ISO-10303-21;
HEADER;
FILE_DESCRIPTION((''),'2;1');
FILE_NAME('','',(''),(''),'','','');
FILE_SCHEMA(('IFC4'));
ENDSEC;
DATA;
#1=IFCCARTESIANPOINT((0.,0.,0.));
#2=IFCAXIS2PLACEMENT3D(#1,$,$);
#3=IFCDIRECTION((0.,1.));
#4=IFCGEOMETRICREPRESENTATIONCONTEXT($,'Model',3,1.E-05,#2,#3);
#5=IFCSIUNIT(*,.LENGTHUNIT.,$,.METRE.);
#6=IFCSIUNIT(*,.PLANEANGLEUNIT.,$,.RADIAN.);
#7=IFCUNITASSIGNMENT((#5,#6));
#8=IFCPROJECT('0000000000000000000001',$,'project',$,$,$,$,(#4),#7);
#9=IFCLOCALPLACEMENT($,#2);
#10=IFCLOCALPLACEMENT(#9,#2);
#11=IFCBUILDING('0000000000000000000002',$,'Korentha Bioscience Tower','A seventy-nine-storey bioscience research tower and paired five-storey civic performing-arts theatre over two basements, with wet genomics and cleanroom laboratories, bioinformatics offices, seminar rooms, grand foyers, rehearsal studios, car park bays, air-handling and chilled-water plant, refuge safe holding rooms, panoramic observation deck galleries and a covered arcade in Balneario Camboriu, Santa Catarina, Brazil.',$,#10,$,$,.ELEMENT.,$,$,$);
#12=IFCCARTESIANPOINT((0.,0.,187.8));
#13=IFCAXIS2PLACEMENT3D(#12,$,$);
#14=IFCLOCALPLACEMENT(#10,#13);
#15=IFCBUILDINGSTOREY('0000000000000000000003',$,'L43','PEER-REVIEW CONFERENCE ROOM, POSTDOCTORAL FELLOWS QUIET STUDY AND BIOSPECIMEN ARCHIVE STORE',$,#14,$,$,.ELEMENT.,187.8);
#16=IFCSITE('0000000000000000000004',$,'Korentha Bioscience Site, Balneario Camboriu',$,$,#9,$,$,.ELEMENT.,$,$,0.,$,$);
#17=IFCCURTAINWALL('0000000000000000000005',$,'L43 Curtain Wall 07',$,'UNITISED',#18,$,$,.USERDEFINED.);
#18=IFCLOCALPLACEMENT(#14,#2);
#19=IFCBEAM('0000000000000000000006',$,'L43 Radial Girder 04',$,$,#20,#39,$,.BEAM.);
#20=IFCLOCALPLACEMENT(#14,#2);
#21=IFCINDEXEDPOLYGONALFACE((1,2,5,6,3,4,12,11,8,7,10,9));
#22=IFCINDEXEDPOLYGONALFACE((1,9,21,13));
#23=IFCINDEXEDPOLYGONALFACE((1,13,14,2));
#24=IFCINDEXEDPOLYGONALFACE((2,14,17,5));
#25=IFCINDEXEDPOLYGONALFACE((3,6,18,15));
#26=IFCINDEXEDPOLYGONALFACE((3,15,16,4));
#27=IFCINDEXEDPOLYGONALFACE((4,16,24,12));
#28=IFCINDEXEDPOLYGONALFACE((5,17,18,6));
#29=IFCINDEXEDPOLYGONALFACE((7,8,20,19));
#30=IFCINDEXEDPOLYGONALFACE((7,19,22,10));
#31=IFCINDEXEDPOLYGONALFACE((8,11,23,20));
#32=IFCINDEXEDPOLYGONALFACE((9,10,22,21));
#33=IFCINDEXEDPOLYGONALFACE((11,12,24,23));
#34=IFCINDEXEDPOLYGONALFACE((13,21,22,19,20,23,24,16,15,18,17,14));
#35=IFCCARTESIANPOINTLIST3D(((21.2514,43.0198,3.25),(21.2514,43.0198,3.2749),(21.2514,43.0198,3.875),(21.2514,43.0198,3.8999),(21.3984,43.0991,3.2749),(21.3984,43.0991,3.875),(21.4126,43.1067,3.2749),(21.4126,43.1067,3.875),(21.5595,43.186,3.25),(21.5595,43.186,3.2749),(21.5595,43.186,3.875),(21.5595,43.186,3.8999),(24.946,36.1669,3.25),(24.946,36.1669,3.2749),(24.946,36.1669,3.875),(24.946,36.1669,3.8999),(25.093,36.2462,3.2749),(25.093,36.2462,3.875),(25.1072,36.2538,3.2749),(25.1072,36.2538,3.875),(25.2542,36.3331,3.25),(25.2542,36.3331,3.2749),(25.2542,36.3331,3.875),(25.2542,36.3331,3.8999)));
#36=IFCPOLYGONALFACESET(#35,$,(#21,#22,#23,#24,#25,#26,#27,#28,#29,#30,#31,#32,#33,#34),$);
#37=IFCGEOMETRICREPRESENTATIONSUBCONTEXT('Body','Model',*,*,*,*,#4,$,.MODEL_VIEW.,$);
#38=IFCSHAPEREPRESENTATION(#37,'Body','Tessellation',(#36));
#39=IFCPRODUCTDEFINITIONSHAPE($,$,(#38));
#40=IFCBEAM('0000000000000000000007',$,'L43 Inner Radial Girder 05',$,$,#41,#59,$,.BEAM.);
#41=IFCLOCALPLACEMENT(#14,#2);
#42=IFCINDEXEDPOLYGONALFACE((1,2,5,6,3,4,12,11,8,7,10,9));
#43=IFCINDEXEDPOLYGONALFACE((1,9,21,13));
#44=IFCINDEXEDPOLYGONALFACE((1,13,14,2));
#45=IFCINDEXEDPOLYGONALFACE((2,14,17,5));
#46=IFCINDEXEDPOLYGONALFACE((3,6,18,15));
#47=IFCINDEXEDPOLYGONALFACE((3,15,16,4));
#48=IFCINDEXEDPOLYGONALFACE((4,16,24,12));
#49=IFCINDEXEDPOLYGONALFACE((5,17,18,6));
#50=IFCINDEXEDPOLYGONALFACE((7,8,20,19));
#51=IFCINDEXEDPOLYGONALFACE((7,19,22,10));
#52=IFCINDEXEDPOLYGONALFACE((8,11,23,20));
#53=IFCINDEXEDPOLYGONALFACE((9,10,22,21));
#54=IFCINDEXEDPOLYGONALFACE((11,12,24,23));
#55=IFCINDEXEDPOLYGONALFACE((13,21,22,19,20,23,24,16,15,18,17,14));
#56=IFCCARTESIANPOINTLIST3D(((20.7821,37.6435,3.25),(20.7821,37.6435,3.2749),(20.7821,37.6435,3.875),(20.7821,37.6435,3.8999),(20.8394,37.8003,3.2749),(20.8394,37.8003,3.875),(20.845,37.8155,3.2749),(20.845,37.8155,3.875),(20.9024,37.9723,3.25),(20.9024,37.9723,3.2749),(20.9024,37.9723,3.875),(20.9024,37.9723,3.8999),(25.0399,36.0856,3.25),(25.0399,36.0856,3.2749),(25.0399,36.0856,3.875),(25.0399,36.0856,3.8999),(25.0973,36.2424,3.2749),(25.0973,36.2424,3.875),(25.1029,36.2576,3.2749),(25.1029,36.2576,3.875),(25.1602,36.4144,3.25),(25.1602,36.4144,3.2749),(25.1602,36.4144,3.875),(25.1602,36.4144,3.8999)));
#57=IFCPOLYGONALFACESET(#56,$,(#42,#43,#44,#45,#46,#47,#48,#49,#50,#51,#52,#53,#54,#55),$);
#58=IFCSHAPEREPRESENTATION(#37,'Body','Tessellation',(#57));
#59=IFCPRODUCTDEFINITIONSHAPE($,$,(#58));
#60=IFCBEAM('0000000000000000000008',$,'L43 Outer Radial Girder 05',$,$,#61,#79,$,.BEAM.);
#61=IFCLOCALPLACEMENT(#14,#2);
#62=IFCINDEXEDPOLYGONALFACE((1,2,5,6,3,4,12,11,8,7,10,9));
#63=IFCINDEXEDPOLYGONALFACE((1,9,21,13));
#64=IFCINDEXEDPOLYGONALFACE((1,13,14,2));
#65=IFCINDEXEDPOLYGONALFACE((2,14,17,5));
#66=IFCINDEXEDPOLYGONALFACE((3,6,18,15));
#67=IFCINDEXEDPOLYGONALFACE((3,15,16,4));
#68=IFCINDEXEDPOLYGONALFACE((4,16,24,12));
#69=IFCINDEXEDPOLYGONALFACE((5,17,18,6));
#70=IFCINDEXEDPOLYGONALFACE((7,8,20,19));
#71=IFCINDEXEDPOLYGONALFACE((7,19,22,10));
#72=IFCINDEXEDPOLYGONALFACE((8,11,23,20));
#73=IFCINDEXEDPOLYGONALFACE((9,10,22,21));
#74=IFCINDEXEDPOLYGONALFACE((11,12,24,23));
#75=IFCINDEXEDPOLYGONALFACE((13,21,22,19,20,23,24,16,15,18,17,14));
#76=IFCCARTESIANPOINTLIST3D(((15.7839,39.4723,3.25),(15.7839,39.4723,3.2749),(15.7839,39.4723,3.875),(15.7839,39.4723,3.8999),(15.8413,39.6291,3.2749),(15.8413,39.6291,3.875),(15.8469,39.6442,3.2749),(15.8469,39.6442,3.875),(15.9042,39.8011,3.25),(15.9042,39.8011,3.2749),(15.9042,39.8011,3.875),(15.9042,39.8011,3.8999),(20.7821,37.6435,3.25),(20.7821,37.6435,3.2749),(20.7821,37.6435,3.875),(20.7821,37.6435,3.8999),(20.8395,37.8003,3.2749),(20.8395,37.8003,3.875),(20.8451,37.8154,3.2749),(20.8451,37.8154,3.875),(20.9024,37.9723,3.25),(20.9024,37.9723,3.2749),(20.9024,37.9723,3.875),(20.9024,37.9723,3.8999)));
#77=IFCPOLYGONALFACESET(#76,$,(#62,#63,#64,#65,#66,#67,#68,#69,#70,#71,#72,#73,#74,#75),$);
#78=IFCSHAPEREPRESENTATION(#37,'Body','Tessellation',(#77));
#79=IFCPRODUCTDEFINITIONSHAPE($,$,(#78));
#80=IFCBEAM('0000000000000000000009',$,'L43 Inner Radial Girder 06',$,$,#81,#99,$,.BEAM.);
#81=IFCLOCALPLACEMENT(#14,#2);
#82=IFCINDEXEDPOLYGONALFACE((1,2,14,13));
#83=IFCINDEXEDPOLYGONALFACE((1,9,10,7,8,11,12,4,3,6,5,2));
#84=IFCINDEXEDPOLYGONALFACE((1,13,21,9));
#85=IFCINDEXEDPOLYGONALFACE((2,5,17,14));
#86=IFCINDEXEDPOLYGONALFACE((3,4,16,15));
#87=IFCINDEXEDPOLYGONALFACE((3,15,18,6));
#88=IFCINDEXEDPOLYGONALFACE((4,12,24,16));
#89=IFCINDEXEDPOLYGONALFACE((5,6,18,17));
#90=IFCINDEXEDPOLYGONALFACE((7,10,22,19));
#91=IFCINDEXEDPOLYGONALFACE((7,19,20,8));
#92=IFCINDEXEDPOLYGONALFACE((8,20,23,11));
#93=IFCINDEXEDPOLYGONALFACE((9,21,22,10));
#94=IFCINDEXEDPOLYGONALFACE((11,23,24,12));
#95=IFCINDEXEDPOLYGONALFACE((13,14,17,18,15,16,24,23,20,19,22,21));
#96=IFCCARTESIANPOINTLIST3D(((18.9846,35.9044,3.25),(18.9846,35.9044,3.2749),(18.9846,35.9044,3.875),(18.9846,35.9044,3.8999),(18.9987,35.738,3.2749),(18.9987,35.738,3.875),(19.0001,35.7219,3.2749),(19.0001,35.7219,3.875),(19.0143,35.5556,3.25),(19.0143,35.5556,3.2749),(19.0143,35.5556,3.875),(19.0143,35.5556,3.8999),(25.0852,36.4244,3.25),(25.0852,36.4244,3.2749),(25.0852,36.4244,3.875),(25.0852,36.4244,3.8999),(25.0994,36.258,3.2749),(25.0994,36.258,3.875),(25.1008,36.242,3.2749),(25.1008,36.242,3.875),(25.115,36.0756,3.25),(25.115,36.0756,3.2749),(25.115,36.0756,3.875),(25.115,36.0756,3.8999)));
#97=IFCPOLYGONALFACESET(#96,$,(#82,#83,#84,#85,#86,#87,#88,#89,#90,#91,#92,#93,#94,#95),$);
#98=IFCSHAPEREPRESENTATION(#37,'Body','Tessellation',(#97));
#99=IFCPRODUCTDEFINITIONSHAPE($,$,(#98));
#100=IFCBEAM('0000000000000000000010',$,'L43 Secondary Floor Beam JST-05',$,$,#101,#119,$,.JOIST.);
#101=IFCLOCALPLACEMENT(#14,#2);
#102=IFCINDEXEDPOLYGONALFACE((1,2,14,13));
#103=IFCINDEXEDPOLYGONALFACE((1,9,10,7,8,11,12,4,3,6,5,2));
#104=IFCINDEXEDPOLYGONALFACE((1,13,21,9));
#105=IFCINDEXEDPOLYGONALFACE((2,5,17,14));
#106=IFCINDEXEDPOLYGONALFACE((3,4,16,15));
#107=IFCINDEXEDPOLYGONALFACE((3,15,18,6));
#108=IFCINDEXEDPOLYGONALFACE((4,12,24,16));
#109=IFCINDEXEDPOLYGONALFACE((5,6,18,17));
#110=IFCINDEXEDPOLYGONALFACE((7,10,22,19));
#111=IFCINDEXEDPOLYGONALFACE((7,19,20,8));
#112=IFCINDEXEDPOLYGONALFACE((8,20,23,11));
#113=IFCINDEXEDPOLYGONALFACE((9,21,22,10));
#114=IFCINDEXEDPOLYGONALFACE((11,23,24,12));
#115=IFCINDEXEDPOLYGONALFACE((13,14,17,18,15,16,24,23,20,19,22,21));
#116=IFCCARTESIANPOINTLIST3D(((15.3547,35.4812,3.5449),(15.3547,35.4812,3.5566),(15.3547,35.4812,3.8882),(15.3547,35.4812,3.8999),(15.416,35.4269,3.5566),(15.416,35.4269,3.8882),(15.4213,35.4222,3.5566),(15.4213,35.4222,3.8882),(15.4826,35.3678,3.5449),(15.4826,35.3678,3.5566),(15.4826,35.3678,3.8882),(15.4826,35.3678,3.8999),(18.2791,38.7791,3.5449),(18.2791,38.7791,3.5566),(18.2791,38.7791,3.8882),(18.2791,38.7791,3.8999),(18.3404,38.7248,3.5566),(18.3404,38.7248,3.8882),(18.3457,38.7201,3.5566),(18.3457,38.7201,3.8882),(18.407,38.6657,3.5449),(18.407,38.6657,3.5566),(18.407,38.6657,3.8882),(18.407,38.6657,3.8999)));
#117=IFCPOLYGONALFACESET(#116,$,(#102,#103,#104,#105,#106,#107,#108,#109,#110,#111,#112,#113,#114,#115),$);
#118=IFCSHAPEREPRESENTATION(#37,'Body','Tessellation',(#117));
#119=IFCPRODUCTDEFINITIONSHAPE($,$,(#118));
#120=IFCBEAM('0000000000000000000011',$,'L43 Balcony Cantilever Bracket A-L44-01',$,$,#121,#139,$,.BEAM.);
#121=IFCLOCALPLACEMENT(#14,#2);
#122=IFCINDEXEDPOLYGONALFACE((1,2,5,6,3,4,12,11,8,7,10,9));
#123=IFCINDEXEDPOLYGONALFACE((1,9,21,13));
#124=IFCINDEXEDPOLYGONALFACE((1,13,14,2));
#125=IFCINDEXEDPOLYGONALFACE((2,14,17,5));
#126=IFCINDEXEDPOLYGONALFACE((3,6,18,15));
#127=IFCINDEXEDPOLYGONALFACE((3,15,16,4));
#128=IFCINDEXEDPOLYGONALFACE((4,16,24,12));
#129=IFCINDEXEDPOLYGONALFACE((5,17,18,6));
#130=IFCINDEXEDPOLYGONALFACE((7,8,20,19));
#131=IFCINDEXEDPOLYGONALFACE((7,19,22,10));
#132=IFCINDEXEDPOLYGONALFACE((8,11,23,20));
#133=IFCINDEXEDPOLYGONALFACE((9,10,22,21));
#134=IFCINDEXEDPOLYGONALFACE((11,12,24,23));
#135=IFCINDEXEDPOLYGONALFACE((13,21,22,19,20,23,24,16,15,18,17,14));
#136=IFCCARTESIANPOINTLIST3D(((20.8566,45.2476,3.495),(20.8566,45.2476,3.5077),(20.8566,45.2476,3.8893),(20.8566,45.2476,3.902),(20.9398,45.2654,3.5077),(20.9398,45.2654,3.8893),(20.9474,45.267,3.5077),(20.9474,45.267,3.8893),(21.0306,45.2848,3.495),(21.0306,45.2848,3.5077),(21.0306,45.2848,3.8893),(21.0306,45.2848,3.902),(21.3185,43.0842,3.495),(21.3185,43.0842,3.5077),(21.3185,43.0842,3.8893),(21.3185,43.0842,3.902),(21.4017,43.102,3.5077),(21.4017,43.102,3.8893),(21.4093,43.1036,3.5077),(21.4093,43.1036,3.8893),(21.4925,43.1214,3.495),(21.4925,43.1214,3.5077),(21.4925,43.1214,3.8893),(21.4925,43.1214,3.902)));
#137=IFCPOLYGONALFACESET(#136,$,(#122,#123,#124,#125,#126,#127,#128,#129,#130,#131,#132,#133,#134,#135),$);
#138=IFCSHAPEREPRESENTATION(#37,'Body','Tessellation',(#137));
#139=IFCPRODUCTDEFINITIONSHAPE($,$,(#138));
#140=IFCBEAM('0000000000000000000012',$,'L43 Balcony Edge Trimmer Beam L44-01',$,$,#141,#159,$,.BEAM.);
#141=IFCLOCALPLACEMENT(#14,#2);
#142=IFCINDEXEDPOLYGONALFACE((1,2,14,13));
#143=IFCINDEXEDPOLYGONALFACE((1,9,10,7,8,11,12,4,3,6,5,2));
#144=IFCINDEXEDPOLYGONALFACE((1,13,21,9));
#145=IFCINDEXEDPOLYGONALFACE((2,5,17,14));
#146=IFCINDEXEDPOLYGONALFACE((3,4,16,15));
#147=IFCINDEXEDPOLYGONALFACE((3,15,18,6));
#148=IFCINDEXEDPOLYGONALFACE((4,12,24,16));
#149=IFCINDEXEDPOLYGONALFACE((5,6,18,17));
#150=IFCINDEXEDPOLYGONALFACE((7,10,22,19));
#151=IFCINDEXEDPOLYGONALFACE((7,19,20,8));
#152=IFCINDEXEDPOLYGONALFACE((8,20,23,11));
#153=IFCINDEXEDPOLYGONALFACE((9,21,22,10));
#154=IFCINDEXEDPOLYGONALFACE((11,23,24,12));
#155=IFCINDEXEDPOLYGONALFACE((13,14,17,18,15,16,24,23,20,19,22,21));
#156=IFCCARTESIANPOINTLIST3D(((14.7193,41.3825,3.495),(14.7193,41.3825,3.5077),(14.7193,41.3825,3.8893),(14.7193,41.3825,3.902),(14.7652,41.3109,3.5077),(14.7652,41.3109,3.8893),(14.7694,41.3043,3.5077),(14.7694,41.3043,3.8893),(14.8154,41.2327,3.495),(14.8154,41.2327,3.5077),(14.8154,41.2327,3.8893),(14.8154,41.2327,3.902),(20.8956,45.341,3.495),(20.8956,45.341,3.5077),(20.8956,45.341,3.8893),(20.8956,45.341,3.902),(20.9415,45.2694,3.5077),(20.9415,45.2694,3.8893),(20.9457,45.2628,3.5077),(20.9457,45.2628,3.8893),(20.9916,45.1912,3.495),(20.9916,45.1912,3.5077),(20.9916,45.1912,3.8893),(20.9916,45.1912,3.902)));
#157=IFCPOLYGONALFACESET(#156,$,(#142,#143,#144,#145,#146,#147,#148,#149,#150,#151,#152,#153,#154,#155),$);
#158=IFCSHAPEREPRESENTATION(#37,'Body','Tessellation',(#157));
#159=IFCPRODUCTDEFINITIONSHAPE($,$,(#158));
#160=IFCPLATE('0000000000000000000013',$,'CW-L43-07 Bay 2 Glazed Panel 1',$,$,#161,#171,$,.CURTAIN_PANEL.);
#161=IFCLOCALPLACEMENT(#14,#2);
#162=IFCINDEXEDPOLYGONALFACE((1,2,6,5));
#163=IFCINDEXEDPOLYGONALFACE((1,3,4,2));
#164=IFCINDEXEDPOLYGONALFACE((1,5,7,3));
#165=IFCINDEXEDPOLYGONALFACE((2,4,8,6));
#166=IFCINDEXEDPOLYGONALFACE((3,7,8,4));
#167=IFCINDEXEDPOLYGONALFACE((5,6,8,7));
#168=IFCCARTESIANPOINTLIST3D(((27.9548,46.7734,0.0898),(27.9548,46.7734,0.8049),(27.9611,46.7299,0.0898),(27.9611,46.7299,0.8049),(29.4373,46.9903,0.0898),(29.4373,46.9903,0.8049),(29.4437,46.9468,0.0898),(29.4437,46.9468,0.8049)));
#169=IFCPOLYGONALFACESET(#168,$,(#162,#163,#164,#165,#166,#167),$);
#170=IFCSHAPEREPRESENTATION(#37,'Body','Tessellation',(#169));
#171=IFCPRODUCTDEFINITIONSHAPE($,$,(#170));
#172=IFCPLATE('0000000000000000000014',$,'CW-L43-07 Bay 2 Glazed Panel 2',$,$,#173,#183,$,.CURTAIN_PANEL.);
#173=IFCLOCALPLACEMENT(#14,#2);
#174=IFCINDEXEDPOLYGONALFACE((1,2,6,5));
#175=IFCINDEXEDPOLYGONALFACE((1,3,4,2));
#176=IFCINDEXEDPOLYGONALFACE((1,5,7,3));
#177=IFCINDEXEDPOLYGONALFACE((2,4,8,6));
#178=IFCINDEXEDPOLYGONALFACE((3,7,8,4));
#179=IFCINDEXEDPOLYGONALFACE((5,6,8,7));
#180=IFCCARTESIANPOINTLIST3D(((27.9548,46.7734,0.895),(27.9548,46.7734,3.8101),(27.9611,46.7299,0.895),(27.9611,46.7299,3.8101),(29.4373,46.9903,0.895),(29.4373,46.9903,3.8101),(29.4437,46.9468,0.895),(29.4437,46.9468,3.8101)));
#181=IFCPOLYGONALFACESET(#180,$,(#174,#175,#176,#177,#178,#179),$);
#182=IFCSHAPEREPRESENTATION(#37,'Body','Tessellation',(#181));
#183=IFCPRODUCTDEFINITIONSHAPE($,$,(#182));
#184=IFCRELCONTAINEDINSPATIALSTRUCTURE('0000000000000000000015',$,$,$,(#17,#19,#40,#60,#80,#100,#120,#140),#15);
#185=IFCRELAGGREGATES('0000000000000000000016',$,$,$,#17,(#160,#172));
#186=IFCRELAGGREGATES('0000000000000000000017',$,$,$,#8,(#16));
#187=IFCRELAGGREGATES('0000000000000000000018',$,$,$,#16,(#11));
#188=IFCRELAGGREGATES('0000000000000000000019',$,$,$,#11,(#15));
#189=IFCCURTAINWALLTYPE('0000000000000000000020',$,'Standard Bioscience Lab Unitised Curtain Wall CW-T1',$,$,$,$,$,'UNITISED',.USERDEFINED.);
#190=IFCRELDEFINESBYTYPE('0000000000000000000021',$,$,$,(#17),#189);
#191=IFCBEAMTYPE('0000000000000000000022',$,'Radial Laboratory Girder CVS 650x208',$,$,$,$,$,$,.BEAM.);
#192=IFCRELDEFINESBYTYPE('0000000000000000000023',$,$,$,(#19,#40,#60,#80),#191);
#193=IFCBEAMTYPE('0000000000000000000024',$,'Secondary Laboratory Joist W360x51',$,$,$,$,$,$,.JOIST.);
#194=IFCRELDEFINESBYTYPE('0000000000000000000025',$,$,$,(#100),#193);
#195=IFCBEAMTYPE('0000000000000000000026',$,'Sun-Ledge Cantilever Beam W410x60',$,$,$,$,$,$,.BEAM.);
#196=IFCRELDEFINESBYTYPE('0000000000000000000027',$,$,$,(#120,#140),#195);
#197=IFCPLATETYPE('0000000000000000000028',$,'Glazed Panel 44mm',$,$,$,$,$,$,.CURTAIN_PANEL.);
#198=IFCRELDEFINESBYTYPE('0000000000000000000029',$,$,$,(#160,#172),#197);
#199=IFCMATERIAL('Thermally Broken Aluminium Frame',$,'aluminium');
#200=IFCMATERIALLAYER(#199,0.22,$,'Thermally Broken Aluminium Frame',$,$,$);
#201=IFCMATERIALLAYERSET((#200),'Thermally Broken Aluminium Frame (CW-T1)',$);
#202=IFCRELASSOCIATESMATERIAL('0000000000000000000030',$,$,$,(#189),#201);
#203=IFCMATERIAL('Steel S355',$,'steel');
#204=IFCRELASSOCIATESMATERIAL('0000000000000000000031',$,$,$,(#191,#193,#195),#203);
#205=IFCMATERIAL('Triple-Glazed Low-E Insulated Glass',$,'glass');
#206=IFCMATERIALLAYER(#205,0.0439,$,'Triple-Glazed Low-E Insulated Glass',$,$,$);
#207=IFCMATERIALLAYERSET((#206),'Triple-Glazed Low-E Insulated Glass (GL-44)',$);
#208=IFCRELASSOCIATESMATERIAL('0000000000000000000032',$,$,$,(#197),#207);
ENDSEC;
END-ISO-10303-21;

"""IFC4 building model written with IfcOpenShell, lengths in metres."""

from ifc_helpers import new_model, si_unit, direction, frame, origin, origin_2d, place, context, subcontext, project, spatial, rectangle, i_section, extrude, material, layer, layer_set, material_profile, profile_set, type_object, element, aggregate, save


model = new_model("IFC4")

# Units and contexts
model_context = context("Model", 3, precision=1e-05, world=origin(), true_north=direction((0.0, 1.0)))
body_context = subcontext(model_context, "Body", "Model", "MODEL_VIEW")
ifc_project = project(units=[si_unit("LENGTHUNIT", "METRE"), si_unit("PLANEANGLEUNIT", "RADIAN")], contexts=[model_context])

# Site, building, storey
site_placement = place(None, origin())
site = spatial("IfcSite", under=ifc_project, at=site_placement, Name="Korentha Bioscience Site, Balneario Camboriu", CompositionType="ELEMENT", RefElevation=0.0)
building_placement = place(site_placement, origin())
building = spatial("IfcBuilding", under=site, at=building_placement, Name="Korentha Bioscience Tower", Description="A seventy-nine-storey bioscience research tower and paired five-storey civic performing-arts theatre over two basements, with wet genomics and cleanroom laboratories, bioinformatics offices, seminar rooms, grand foyers, rehearsal studios, car park bays, air-handling and chilled-water plant, refuge safe holding rooms, panoramic observation deck galleries and a covered arcade in Balneario Camboriu, Santa Catarina, Brazil.", CompositionType="ELEMENT")
storey_placement = place(building_placement, frame((0.0, 0.0, 187.8)))
storey = spatial("IfcBuildingStorey", under=building, at=storey_placement, Name="L43", Description="PEER-REVIEW CONFERENCE ROOM, POSTDOCTORAL FELLOWS QUIET STUDY AND BIOSPECIMEN ARCHIVE STORE", CompositionType="ELEMENT", Elevation=187.8)

# Shared definitions
ifc_material_1 = material(Name="Steel S355", Category="steel")

# Curtain wall
ifc_material_2 = material(Name="Thermally Broken Aluminium Frame", Category="aluminium")
ifc_layer_1 = layer(ifc_material_2, 0.22, Name="Thermally Broken Aluminium Frame")
ifc_layer_set_1 = layer_set([ifc_layer_1], Name="Thermally Broken Aluminium Frame (CW-T1)")
curtain_wall_type = type_object("IfcCurtainWallType", Name="Standard Bioscience Lab Unitised Curtain Wall CW-T1", ElementType="UNITISED", PredefinedType="USERDEFINED", material=ifc_layer_set_1)
curtain_wall_placement = place(storey_placement, origin())
curtain_wall = element("IfcCurtainWall", 1, at=curtain_wall_placement, inside=storey, type_object=curtain_wall_type, Name="L43 Curtain Wall 07", ObjectType="UNITISED", PredefinedType="USERDEFINED")

# Beams
ifc_material_profile_1 = material_profile(ifc_material_1, i_section(OverallWidth=0.3501, OverallDepth=0.6499, WebThickness=0.0161, FlangeThickness=0.0249, at=origin_2d()), Name="Steel S355")
ifc_profile_set_1 = profile_set([ifc_material_profile_1], Name="Steel S355 (RB-650)")
beam_type_1 = type_object("IfcBeamType", Name="Radial Laboratory Girder CVS 650x208", PredefinedType="BEAM", material=ifc_profile_set_1)
beam_1_placement = place(storey_placement, frame((25.1001, 36.25, 3.575), z_axis=(-0.47456, 0.880223, 0.0), x_axis=(-0.880223, -0.47456, 0.0)))
element("IfcBeam", 2, at=beam_1_placement, inside=storey, type_object=beam_type_1, Name="L43 Radial Girder 04", PredefinedType="BEAM", context=body_context, shape_type="SweptSolid", body=[
    extrude(i_section(OverallWidth=0.3501, OverallDepth=0.6499, WebThickness=0.0161, FlangeThickness=0.0249, at=origin_2d()), origin(), (0.0, 0.0, 1.0), 7.7854),
])
beam_2_placement = place(storey_placement, frame((25.1001, 36.25, 3.575), z_axis=(-0.939114, 0.343606, 0.0), x_axis=(-0.343606, -0.939114, 0.0)))
element("IfcBeam", 3, at=beam_2_placement, inside=storey, type_object=beam_type_1, Name="L43 Inner Radial Girder 05", PredefinedType="BEAM", context=body_context, shape_type="SweptSolid", body=[
    extrude(i_section(OverallWidth=0.3501, OverallDepth=0.6499, WebThickness=0.0161, FlangeThickness=0.0249, at=origin_2d()), origin(), (0.0, 0.0, 1.0), 4.5339),
])
beam_3_placement = place(storey_placement, frame((20.8423, 37.8079, 3.575), z_axis=(-0.93911, 0.343617, 0.0), x_axis=(-0.343617, -0.93911, 0.0)))
element("IfcBeam", 4, at=beam_3_placement, inside=storey, type_object=beam_type_1, Name="L43 Outer Radial Girder 05", PredefinedType="BEAM", context=body_context, shape_type="SweptSolid", body=[
    extrude(i_section(OverallWidth=0.3501, OverallDepth=0.6499, WebThickness=0.0161, FlangeThickness=0.0249, at=origin_2d()), origin(), (0.0, 0.0, 1.0), 5.3223),
])
beam_4_placement = place(storey_placement, frame((25.1001, 36.25, 3.575), z_axis=(-0.996387, -0.084933, 0.0), x_axis=(0.084933, -0.996387, 0.0)))
element("IfcBeam", 5, at=beam_4_placement, inside=storey, type_object=beam_type_1, Name="L43 Inner Radial Girder 06", PredefinedType="BEAM", context=body_context, shape_type="SweptSolid", body=[
    extrude(i_section(OverallWidth=0.3501, OverallDepth=0.6499, WebThickness=0.0161, FlangeThickness=0.0249, at=origin_2d()), origin(), (0.0, 0.0, 1.0), 6.1228),
])
ifc_material_profile_2 = material_profile(ifc_material_1, i_section(OverallWidth=0.1709, OverallDepth=0.355, WebThickness=0.0071, FlangeThickness=0.0117, at=origin_2d()), Name="Steel S355")
ifc_profile_set_2 = profile_set([ifc_material_profile_2], Name="Steel S355 (JB-360)")
beam_type_2 = type_object("IfcBeamType", Name="Secondary Laboratory Joist W360x51", PredefinedType="JOIST", material=ifc_profile_set_2)
beam_5_placement = place(storey_placement, frame((18.343, 38.7224, 3.7224), z_axis=(-0.663463, -0.748209, 0.0), x_axis=(0.748209, -0.663463, 0.0)))
element("IfcBeam", 6, at=beam_5_placement, inside=storey, type_object=beam_type_2, Name="L43 Secondary Floor Beam JST-05", PredefinedType="JOIST", context=body_context, shape_type="SweptSolid", body=[
    extrude(i_section(OverallWidth=0.1709, OverallDepth=0.355, WebThickness=0.0071, FlangeThickness=0.0117, at=origin_2d()), origin(), (0.0, 0.0, 1.0), 4.4077),
])
ifc_material_profile_3 = material_profile(ifc_material_1, i_section(OverallWidth=0.178, OverallDepth=0.407, WebThickness=0.0078, FlangeThickness=0.0127, at=origin_2d()), Name="Steel S355")
ifc_profile_set_3 = profile_set([ifc_material_profile_3], Name="Steel S355 (CB-410)")
beam_type_3 = type_object("IfcBeamType", Name="Sun-Ledge Cantilever Beam W410x60", PredefinedType="BEAM", material=ifc_profile_set_3)
beam_6_placement = place(storey_placement, frame((21.4055, 43.1028, 3.6985), z_axis=(-0.208813, 0.977956, 0.0), x_axis=(-0.977956, -0.208813, 0.0)))
element("IfcBeam", 7, at=beam_6_placement, inside=storey, type_object=beam_type_3, Name="L43 Balcony Cantilever Bracket A-L44-01", PredefinedType="BEAM", context=body_context, shape_type="SweptSolid", body=[
    extrude(i_section(OverallWidth=0.178, OverallDepth=0.407, WebThickness=0.0078, FlangeThickness=0.0127, at=origin_2d()), origin(), (0.0, 0.0, 1.0), 2.2122),
])
beam_7_placement = place(storey_placement, frame((20.9436, 45.2661, 3.6985), z_axis=(-0.841919, -0.539603, 0.0), x_axis=(0.539603, -0.841919, 0.0)))
element("IfcBeam", 8, at=beam_7_placement, inside=storey, type_object=beam_type_3, Name="L43 Balcony Edge Trimmer Beam L44-01", PredefinedType="BEAM", context=body_context, shape_type="SweptSolid", body=[
    extrude(i_section(OverallWidth=0.178, OverallDepth=0.407, WebThickness=0.0078, FlangeThickness=0.0127, at=origin_2d()), origin(), (0.0, 0.0, 1.0), 7.3359),
])

# Plates
ifc_material_3 = material(Name="Triple-Glazed Low-E Insulated Glass", Category="glass")
ifc_layer_2 = layer(ifc_material_3, 0.0439, Name="Triple-Glazed Low-E Insulated Glass")
ifc_layer_set_2 = layer_set([ifc_layer_2], Name="Triple-Glazed Low-E Insulated Glass (GL-44)")
plate_type = type_object("IfcPlateType", Name="Glazed Panel 44mm", PredefinedType="CURTAIN_PANEL", material=ifc_layer_set_2)
plate_1_placement = place(storey_placement, frame((28.6992, 46.8601, 0.0898), z_axis=(0.0, 0.0, 1.0), x_axis=(-0.989462, -0.144793, 0.0)))
plate_1 = element("IfcPlate", 9, at=plate_1_placement, type_object=plate_type, Name="CW-L43-07 Bay 2 Glazed Panel 1", PredefinedType="CURTAIN_PANEL", context=body_context, shape_type="SweptSolid", body=[
    extrude(rectangle(XDim=1.4983, YDim=0.0439, at=origin_2d()), origin(), (0.0, 0.0, 1.0), 0.7151),
])
plate_2_placement = place(storey_placement, frame((28.6992, 46.8601, 0.895), z_axis=(0.0, 0.0, 1.0), x_axis=(-0.989462, -0.144793, 0.0)))
plate_2 = element("IfcPlate", 10, at=plate_2_placement, type_object=plate_type, Name="CW-L43-07 Bay 2 Glazed Panel 2", PredefinedType="CURTAIN_PANEL", context=body_context, shape_type="SweptSolid", body=[
    extrude(rectangle(XDim=1.4983, YDim=0.0439, at=origin_2d()), origin(), (0.0, 0.0, 1.0), 2.915),
])
aggregate(curtain_wall, [plate_1, plate_2])

save(model, "model.ifc")
